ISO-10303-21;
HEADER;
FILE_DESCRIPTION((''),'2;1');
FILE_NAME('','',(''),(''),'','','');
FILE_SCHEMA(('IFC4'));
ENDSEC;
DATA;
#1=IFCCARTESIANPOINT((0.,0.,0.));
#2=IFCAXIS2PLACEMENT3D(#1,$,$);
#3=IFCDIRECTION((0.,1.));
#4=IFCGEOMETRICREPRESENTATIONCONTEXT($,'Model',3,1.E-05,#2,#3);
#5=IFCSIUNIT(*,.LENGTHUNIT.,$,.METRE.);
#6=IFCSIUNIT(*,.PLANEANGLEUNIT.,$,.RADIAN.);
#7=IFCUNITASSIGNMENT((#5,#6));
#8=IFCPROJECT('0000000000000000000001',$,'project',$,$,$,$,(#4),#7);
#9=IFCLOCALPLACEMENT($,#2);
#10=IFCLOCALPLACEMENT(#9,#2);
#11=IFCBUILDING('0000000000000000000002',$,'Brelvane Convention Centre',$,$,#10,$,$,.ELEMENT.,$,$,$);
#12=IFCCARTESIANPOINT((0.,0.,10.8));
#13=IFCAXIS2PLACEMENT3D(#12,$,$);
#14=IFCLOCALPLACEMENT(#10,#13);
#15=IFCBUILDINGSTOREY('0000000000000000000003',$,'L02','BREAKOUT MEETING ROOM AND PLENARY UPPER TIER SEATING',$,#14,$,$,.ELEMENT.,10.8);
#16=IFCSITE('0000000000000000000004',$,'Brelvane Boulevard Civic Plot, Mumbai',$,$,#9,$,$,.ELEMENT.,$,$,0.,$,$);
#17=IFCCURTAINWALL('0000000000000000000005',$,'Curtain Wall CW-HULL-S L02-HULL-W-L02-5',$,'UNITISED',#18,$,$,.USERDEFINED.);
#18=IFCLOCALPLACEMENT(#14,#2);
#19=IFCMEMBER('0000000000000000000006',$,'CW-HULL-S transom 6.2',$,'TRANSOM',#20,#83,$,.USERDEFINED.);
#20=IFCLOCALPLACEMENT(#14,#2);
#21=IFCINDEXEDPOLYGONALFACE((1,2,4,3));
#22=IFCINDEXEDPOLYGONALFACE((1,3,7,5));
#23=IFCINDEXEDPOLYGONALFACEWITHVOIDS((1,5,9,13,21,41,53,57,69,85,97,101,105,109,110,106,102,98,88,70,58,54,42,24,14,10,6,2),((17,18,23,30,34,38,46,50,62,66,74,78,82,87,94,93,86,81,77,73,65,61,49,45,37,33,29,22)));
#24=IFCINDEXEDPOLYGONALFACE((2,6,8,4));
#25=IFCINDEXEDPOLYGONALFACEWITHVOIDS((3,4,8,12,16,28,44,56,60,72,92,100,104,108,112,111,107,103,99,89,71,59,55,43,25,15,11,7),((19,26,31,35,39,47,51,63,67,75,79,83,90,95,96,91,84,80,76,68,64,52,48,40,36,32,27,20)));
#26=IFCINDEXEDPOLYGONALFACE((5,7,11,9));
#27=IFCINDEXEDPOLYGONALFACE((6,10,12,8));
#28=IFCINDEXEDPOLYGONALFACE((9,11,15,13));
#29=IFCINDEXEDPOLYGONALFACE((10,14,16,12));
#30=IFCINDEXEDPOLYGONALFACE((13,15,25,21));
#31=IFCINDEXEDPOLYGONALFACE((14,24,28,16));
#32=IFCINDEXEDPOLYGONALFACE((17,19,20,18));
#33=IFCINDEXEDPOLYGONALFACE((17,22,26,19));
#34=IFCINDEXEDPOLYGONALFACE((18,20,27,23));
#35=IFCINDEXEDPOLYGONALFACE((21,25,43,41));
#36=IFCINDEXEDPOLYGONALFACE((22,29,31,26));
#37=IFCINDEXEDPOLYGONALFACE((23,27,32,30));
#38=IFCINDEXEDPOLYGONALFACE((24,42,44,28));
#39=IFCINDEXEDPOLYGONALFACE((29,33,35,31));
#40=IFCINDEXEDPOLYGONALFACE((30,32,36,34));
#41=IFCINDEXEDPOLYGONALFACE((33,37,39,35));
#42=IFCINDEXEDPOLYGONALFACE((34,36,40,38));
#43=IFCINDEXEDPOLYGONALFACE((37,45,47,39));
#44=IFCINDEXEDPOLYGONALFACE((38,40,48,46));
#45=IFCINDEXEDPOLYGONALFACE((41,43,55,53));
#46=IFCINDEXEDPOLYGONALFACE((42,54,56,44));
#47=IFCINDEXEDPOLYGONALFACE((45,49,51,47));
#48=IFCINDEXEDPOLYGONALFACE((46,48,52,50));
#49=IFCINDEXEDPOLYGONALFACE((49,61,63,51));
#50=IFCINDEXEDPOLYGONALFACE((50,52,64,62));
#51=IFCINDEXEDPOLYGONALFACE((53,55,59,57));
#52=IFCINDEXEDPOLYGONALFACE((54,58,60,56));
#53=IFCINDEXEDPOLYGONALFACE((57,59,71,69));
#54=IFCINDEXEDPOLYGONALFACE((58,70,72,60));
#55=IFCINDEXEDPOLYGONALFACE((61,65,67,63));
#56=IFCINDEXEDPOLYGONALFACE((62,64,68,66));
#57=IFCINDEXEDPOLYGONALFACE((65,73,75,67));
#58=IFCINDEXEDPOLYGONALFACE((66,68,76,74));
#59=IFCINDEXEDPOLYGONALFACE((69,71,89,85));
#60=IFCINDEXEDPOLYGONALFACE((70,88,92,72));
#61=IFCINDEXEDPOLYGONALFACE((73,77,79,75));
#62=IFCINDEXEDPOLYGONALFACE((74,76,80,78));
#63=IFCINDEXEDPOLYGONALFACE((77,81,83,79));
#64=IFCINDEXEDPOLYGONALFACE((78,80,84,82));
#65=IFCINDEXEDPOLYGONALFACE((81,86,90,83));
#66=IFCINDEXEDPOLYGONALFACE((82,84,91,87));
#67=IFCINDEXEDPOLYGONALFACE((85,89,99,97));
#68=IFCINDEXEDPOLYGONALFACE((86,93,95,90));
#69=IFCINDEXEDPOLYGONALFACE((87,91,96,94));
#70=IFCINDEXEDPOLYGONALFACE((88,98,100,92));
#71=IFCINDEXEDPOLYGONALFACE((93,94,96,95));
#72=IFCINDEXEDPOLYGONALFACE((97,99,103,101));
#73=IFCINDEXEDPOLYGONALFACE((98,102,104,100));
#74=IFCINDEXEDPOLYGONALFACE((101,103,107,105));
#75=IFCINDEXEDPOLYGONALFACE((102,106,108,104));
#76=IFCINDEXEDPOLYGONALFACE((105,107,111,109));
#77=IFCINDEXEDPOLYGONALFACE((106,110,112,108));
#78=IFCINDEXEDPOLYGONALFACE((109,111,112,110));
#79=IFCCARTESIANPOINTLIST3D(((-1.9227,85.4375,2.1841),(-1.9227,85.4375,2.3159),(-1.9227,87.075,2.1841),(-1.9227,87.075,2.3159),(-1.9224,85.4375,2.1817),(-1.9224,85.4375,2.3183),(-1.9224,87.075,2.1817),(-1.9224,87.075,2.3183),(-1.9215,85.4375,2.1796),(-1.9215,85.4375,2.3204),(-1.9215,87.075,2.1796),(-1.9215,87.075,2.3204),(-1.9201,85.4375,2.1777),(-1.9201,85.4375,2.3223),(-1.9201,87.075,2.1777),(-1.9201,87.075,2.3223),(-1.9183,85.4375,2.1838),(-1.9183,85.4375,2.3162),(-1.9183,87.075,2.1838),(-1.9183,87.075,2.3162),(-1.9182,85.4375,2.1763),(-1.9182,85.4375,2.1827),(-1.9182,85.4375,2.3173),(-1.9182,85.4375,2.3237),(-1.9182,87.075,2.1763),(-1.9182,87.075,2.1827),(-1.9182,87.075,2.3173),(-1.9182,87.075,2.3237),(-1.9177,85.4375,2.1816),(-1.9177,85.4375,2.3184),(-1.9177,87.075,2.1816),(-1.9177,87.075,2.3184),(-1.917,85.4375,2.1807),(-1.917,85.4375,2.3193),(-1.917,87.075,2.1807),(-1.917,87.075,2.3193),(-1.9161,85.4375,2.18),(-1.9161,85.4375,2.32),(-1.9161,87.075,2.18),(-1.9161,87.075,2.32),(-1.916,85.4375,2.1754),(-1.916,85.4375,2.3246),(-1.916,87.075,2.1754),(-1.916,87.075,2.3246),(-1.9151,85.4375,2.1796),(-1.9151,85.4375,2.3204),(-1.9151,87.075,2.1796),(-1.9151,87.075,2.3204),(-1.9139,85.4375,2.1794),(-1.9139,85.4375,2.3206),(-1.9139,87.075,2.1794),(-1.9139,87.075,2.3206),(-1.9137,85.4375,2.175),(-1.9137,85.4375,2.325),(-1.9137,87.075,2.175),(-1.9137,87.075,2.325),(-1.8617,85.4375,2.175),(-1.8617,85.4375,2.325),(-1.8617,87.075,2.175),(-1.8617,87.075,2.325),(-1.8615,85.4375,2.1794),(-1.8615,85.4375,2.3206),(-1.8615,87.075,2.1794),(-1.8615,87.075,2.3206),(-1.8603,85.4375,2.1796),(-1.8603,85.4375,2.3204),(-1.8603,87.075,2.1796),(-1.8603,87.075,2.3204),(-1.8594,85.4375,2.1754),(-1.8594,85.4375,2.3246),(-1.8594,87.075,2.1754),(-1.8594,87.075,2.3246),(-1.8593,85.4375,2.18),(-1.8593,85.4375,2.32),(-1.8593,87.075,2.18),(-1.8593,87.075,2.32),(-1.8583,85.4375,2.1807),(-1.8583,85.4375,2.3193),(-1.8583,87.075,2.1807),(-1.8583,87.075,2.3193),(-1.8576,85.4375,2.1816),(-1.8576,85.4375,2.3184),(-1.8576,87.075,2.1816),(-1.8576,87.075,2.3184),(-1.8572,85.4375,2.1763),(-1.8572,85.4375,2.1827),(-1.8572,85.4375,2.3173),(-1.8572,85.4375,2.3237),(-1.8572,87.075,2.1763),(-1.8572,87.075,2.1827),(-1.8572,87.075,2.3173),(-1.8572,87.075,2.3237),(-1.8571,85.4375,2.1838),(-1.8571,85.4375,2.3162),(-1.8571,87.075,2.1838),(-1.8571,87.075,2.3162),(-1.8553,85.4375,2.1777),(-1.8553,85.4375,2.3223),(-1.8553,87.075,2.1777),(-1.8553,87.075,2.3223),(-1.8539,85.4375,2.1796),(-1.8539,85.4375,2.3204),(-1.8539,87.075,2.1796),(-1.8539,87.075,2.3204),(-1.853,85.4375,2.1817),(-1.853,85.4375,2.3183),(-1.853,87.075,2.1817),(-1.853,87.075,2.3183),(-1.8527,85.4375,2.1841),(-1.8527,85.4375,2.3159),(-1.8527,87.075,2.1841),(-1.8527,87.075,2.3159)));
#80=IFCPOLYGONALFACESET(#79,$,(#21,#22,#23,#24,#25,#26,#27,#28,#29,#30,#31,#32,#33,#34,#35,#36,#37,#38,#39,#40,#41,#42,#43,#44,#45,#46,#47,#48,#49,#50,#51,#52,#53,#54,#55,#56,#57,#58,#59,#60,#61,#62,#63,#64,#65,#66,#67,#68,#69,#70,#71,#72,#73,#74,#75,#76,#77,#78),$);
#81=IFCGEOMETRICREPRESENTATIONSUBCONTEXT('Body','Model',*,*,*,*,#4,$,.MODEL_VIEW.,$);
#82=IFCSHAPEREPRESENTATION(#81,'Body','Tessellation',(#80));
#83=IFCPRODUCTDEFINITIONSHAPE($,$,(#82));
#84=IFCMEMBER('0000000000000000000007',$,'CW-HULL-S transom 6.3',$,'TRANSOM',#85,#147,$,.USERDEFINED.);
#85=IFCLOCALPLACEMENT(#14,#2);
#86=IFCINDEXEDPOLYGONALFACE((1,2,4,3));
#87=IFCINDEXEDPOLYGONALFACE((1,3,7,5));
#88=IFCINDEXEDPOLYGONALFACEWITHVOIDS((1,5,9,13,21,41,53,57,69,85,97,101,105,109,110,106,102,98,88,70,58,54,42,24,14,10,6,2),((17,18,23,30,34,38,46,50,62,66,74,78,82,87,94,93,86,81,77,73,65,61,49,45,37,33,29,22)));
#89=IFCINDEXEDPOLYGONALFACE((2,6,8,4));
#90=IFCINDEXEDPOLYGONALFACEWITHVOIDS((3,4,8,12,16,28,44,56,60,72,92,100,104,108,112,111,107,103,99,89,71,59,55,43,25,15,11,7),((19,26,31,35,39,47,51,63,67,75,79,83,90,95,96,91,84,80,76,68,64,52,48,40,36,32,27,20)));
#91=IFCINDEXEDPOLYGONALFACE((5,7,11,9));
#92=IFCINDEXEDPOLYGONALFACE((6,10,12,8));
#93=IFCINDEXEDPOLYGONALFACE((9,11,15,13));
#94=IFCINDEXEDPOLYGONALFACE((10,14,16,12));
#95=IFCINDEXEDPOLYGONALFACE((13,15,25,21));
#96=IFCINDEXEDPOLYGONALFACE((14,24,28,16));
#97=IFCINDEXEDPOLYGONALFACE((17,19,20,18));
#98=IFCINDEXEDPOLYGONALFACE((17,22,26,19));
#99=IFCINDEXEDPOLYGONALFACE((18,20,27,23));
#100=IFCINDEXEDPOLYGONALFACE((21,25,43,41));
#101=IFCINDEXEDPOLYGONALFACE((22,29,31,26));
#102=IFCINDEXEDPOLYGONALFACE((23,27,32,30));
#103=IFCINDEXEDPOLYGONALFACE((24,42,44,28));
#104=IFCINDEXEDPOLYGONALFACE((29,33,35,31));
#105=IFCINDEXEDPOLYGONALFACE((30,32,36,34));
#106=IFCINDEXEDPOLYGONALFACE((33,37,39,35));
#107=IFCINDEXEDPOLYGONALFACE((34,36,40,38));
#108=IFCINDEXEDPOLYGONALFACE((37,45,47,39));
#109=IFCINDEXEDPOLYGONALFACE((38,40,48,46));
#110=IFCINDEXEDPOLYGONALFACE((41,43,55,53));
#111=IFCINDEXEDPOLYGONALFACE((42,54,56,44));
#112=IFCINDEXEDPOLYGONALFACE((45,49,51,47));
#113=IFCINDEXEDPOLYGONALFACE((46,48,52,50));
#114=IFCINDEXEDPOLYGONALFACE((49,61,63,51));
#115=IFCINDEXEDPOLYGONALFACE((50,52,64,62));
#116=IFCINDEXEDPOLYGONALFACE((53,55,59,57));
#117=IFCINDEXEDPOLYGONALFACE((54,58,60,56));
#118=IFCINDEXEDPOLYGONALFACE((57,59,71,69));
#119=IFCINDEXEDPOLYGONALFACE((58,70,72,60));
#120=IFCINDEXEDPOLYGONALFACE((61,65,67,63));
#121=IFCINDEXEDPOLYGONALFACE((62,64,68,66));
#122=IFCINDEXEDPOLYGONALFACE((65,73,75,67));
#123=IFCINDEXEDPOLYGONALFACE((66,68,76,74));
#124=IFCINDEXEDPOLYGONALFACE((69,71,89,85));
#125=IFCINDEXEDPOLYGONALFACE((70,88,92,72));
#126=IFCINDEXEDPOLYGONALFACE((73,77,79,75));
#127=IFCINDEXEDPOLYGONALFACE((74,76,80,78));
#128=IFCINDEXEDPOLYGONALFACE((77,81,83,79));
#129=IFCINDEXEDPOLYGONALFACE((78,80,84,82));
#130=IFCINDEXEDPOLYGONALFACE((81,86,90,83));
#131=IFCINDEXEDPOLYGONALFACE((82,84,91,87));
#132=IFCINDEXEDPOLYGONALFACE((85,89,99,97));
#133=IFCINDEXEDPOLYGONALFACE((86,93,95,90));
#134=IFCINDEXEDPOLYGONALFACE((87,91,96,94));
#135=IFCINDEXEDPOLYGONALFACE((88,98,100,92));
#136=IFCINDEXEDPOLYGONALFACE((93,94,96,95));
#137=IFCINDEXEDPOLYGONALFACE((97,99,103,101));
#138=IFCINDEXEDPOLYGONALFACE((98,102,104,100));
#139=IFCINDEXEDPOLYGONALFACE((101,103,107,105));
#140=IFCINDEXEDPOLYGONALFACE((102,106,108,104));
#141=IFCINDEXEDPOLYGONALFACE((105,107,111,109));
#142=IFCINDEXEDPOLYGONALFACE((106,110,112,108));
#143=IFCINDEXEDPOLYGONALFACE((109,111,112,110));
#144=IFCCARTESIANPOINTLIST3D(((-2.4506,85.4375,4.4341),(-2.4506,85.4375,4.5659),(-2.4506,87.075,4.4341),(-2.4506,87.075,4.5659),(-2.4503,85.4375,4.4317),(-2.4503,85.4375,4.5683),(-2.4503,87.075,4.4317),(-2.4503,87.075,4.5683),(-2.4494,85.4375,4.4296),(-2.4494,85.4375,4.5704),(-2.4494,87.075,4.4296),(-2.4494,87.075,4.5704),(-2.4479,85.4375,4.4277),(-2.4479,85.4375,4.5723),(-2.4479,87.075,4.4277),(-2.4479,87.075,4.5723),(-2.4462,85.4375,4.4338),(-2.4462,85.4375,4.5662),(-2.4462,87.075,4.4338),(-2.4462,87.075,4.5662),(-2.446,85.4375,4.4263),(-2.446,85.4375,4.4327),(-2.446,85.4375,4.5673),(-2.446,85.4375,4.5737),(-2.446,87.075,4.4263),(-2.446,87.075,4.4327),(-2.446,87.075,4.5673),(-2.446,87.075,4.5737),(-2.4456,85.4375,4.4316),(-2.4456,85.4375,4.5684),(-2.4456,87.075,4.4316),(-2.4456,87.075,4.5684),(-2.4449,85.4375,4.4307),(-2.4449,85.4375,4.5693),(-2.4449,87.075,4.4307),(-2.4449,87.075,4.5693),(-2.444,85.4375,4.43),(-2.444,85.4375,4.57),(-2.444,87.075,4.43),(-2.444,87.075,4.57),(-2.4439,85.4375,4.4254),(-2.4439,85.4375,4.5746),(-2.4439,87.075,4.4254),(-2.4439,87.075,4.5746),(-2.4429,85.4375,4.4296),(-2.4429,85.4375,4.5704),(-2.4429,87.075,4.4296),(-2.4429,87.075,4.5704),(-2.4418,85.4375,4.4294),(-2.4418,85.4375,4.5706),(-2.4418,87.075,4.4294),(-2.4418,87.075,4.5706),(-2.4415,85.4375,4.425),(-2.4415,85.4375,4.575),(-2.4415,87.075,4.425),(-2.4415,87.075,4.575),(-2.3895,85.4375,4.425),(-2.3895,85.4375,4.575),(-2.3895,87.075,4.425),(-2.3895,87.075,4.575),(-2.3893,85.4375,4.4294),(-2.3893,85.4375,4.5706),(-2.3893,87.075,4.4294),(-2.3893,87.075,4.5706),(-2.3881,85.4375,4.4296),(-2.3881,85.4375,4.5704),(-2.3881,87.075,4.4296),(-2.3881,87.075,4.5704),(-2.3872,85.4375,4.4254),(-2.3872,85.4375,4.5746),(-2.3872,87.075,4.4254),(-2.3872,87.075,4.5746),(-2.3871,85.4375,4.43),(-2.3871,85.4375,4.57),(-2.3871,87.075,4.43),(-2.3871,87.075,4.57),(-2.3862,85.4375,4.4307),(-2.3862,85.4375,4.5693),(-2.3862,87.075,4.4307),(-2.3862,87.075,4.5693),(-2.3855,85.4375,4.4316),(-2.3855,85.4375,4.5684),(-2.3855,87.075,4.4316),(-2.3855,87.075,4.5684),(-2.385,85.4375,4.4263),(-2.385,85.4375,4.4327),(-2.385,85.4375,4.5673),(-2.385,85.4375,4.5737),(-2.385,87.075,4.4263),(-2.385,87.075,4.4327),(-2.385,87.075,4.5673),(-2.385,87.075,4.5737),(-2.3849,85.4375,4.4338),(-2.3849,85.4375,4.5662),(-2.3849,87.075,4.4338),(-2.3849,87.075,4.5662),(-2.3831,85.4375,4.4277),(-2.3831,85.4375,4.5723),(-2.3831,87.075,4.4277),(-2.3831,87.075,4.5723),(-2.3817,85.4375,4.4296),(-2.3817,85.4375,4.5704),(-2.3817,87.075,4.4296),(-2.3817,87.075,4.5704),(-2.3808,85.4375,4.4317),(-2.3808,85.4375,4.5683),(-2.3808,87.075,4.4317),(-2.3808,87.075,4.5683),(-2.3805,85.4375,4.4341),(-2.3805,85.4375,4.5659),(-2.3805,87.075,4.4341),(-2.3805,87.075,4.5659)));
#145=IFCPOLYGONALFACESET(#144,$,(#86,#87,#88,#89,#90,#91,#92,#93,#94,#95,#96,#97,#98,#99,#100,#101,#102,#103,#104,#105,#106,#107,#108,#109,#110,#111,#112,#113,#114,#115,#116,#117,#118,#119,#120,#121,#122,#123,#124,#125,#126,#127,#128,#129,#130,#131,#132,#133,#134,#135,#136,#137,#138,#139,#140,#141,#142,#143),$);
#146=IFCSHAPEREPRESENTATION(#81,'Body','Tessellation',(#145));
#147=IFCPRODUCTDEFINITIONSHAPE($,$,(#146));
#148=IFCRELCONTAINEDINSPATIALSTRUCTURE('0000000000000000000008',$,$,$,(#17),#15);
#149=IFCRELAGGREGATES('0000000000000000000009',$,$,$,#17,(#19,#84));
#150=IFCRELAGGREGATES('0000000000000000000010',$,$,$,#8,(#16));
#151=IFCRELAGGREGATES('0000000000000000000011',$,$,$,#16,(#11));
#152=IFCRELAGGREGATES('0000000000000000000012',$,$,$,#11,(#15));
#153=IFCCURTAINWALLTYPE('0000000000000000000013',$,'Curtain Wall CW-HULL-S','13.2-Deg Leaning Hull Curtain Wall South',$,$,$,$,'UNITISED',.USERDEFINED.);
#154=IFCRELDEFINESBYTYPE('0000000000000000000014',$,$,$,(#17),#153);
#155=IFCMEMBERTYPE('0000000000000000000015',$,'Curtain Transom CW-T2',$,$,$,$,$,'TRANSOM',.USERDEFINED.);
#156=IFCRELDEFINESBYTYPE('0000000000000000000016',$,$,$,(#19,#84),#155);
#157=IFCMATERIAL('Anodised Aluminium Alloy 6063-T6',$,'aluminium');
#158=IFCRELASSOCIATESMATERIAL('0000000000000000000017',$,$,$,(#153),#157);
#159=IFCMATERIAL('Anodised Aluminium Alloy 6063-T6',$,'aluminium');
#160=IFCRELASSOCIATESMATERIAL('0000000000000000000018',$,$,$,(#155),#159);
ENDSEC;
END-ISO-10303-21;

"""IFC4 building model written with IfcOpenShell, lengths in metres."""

from ifc_helpers import new_model, si_unit, direction, frame, origin, origin_2d, place, context, subcontext, project, spatial, hollow_rectangle, extrude, material, material_profile, profile_set, type_object, element, aggregate, save


model = new_model("IFC4")

# Units and contexts
model_context = context("Model", 3, precision=1e-05, world=origin(), true_north=direction((0.0, 1.0)))
body_context = subcontext(model_context, "Body", "Model", "MODEL_VIEW")
ifc_project = project(units=[si_unit("LENGTHUNIT", "METRE"), si_unit("PLANEANGLEUNIT", "RADIAN")], contexts=[model_context])

# Site, building, storey
site_placement = place(None, origin())
site = spatial("IfcSite", under=ifc_project, at=site_placement, Name="Brelvane Boulevard Civic Plot, Mumbai", CompositionType="ELEMENT", RefElevation=0.0)
building_placement = place(site_placement, origin())
building = spatial("IfcBuilding", under=site, at=building_placement, Name="Brelvane Convention Centre", CompositionType="ELEMENT")
storey_placement = place(building_placement, frame((0.0, 0.0, 10.8)))
storey = spatial("IfcBuildingStorey", under=building, at=storey_placement, Name="L02", Description="BREAKOUT MEETING ROOM AND PLENARY UPPER TIER SEATING", CompositionType="ELEMENT", Elevation=10.8)

# Curtain wall
ifc_material_1 = material(Name="Anodised Aluminium Alloy 6063-T6", Category="aluminium")
curtain_wall_type = type_object("IfcCurtainWallType", Name="Curtain Wall CW-HULL-S", Description="13.2-Deg Leaning Hull Curtain Wall South", ElementType="UNITISED", PredefinedType="USERDEFINED", material=ifc_material_1)
curtain_wall_1_placement = place(storey_placement, origin())
curtain_wall_1 = element("IfcCurtainWall", 1, at=curtain_wall_1_placement, inside=storey, type_object=curtain_wall_type, Name="Curtain Wall CW-HULL-S L02-HULL-W-L02-5", ObjectType="UNITISED", PredefinedType="USERDEFINED")

# Members
ifc_material_2 = material(Name="Anodised Aluminium Alloy 6063-T6", Category="aluminium")
ifc_material_profile_1 = material_profile(ifc_material_2, hollow_rectangle(XDim=0.0701, YDim=0.1499, WallThickness=0.0044, InnerFilletRadius=0.0044, OuterFilletRadius=0.009, at=origin_2d()), Name="ALU-T 150x70x4.5")
ifc_profile_set_1 = profile_set([ifc_material_profile_1], Name="Anodised Aluminium Alloy 6063-T6")
member_type_1 = type_object("IfcMemberType", Name="Curtain Transom CW-T2", ElementType="TRANSOM", PredefinedType="USERDEFINED", material=ifc_profile_set_1)
member_1_placement = place(storey_placement, frame((-1.8877, 85.4375, 2.25), z_axis=(0.0, 1.0, 0.0), x_axis=(-1.0, 0.0, 0.0)))
member_1 = element("IfcMember", 2, at=member_1_placement, type_object=member_type_1, Name="CW-HULL-S transom 6.2", ObjectType="TRANSOM", PredefinedType="USERDEFINED", context=body_context, shape_type="SweptSolid", body=[
    extrude(hollow_rectangle(XDim=0.0701, YDim=0.1499, WallThickness=0.0044, InnerFilletRadius=0.0044, OuterFilletRadius=0.009, at=origin_2d()), origin(), (0.0, 0.0, 1.0), 1.6375),
])
member_2_placement = place(storey_placement, frame((-2.4155, 85.4375, 4.5), z_axis=(0.0, 1.0, 0.0), x_axis=(-1.0, 0.0, 0.0)))
member_2 = element("IfcMember", 3, at=member_2_placement, type_object=member_type_1, Name="CW-HULL-S transom 6.3", ObjectType="TRANSOM", PredefinedType="USERDEFINED", context=body_context, shape_type="SweptSolid", body=[
    extrude(hollow_rectangle(XDim=0.0701, YDim=0.1499, WallThickness=0.0044, InnerFilletRadius=0.0044, OuterFilletRadius=0.009, at=origin_2d()), origin(), (0.0, 0.0, 1.0), 1.6375),
])

aggregate(curtain_wall_1, [member_1, member_2])

save(model, "model.ifc")
